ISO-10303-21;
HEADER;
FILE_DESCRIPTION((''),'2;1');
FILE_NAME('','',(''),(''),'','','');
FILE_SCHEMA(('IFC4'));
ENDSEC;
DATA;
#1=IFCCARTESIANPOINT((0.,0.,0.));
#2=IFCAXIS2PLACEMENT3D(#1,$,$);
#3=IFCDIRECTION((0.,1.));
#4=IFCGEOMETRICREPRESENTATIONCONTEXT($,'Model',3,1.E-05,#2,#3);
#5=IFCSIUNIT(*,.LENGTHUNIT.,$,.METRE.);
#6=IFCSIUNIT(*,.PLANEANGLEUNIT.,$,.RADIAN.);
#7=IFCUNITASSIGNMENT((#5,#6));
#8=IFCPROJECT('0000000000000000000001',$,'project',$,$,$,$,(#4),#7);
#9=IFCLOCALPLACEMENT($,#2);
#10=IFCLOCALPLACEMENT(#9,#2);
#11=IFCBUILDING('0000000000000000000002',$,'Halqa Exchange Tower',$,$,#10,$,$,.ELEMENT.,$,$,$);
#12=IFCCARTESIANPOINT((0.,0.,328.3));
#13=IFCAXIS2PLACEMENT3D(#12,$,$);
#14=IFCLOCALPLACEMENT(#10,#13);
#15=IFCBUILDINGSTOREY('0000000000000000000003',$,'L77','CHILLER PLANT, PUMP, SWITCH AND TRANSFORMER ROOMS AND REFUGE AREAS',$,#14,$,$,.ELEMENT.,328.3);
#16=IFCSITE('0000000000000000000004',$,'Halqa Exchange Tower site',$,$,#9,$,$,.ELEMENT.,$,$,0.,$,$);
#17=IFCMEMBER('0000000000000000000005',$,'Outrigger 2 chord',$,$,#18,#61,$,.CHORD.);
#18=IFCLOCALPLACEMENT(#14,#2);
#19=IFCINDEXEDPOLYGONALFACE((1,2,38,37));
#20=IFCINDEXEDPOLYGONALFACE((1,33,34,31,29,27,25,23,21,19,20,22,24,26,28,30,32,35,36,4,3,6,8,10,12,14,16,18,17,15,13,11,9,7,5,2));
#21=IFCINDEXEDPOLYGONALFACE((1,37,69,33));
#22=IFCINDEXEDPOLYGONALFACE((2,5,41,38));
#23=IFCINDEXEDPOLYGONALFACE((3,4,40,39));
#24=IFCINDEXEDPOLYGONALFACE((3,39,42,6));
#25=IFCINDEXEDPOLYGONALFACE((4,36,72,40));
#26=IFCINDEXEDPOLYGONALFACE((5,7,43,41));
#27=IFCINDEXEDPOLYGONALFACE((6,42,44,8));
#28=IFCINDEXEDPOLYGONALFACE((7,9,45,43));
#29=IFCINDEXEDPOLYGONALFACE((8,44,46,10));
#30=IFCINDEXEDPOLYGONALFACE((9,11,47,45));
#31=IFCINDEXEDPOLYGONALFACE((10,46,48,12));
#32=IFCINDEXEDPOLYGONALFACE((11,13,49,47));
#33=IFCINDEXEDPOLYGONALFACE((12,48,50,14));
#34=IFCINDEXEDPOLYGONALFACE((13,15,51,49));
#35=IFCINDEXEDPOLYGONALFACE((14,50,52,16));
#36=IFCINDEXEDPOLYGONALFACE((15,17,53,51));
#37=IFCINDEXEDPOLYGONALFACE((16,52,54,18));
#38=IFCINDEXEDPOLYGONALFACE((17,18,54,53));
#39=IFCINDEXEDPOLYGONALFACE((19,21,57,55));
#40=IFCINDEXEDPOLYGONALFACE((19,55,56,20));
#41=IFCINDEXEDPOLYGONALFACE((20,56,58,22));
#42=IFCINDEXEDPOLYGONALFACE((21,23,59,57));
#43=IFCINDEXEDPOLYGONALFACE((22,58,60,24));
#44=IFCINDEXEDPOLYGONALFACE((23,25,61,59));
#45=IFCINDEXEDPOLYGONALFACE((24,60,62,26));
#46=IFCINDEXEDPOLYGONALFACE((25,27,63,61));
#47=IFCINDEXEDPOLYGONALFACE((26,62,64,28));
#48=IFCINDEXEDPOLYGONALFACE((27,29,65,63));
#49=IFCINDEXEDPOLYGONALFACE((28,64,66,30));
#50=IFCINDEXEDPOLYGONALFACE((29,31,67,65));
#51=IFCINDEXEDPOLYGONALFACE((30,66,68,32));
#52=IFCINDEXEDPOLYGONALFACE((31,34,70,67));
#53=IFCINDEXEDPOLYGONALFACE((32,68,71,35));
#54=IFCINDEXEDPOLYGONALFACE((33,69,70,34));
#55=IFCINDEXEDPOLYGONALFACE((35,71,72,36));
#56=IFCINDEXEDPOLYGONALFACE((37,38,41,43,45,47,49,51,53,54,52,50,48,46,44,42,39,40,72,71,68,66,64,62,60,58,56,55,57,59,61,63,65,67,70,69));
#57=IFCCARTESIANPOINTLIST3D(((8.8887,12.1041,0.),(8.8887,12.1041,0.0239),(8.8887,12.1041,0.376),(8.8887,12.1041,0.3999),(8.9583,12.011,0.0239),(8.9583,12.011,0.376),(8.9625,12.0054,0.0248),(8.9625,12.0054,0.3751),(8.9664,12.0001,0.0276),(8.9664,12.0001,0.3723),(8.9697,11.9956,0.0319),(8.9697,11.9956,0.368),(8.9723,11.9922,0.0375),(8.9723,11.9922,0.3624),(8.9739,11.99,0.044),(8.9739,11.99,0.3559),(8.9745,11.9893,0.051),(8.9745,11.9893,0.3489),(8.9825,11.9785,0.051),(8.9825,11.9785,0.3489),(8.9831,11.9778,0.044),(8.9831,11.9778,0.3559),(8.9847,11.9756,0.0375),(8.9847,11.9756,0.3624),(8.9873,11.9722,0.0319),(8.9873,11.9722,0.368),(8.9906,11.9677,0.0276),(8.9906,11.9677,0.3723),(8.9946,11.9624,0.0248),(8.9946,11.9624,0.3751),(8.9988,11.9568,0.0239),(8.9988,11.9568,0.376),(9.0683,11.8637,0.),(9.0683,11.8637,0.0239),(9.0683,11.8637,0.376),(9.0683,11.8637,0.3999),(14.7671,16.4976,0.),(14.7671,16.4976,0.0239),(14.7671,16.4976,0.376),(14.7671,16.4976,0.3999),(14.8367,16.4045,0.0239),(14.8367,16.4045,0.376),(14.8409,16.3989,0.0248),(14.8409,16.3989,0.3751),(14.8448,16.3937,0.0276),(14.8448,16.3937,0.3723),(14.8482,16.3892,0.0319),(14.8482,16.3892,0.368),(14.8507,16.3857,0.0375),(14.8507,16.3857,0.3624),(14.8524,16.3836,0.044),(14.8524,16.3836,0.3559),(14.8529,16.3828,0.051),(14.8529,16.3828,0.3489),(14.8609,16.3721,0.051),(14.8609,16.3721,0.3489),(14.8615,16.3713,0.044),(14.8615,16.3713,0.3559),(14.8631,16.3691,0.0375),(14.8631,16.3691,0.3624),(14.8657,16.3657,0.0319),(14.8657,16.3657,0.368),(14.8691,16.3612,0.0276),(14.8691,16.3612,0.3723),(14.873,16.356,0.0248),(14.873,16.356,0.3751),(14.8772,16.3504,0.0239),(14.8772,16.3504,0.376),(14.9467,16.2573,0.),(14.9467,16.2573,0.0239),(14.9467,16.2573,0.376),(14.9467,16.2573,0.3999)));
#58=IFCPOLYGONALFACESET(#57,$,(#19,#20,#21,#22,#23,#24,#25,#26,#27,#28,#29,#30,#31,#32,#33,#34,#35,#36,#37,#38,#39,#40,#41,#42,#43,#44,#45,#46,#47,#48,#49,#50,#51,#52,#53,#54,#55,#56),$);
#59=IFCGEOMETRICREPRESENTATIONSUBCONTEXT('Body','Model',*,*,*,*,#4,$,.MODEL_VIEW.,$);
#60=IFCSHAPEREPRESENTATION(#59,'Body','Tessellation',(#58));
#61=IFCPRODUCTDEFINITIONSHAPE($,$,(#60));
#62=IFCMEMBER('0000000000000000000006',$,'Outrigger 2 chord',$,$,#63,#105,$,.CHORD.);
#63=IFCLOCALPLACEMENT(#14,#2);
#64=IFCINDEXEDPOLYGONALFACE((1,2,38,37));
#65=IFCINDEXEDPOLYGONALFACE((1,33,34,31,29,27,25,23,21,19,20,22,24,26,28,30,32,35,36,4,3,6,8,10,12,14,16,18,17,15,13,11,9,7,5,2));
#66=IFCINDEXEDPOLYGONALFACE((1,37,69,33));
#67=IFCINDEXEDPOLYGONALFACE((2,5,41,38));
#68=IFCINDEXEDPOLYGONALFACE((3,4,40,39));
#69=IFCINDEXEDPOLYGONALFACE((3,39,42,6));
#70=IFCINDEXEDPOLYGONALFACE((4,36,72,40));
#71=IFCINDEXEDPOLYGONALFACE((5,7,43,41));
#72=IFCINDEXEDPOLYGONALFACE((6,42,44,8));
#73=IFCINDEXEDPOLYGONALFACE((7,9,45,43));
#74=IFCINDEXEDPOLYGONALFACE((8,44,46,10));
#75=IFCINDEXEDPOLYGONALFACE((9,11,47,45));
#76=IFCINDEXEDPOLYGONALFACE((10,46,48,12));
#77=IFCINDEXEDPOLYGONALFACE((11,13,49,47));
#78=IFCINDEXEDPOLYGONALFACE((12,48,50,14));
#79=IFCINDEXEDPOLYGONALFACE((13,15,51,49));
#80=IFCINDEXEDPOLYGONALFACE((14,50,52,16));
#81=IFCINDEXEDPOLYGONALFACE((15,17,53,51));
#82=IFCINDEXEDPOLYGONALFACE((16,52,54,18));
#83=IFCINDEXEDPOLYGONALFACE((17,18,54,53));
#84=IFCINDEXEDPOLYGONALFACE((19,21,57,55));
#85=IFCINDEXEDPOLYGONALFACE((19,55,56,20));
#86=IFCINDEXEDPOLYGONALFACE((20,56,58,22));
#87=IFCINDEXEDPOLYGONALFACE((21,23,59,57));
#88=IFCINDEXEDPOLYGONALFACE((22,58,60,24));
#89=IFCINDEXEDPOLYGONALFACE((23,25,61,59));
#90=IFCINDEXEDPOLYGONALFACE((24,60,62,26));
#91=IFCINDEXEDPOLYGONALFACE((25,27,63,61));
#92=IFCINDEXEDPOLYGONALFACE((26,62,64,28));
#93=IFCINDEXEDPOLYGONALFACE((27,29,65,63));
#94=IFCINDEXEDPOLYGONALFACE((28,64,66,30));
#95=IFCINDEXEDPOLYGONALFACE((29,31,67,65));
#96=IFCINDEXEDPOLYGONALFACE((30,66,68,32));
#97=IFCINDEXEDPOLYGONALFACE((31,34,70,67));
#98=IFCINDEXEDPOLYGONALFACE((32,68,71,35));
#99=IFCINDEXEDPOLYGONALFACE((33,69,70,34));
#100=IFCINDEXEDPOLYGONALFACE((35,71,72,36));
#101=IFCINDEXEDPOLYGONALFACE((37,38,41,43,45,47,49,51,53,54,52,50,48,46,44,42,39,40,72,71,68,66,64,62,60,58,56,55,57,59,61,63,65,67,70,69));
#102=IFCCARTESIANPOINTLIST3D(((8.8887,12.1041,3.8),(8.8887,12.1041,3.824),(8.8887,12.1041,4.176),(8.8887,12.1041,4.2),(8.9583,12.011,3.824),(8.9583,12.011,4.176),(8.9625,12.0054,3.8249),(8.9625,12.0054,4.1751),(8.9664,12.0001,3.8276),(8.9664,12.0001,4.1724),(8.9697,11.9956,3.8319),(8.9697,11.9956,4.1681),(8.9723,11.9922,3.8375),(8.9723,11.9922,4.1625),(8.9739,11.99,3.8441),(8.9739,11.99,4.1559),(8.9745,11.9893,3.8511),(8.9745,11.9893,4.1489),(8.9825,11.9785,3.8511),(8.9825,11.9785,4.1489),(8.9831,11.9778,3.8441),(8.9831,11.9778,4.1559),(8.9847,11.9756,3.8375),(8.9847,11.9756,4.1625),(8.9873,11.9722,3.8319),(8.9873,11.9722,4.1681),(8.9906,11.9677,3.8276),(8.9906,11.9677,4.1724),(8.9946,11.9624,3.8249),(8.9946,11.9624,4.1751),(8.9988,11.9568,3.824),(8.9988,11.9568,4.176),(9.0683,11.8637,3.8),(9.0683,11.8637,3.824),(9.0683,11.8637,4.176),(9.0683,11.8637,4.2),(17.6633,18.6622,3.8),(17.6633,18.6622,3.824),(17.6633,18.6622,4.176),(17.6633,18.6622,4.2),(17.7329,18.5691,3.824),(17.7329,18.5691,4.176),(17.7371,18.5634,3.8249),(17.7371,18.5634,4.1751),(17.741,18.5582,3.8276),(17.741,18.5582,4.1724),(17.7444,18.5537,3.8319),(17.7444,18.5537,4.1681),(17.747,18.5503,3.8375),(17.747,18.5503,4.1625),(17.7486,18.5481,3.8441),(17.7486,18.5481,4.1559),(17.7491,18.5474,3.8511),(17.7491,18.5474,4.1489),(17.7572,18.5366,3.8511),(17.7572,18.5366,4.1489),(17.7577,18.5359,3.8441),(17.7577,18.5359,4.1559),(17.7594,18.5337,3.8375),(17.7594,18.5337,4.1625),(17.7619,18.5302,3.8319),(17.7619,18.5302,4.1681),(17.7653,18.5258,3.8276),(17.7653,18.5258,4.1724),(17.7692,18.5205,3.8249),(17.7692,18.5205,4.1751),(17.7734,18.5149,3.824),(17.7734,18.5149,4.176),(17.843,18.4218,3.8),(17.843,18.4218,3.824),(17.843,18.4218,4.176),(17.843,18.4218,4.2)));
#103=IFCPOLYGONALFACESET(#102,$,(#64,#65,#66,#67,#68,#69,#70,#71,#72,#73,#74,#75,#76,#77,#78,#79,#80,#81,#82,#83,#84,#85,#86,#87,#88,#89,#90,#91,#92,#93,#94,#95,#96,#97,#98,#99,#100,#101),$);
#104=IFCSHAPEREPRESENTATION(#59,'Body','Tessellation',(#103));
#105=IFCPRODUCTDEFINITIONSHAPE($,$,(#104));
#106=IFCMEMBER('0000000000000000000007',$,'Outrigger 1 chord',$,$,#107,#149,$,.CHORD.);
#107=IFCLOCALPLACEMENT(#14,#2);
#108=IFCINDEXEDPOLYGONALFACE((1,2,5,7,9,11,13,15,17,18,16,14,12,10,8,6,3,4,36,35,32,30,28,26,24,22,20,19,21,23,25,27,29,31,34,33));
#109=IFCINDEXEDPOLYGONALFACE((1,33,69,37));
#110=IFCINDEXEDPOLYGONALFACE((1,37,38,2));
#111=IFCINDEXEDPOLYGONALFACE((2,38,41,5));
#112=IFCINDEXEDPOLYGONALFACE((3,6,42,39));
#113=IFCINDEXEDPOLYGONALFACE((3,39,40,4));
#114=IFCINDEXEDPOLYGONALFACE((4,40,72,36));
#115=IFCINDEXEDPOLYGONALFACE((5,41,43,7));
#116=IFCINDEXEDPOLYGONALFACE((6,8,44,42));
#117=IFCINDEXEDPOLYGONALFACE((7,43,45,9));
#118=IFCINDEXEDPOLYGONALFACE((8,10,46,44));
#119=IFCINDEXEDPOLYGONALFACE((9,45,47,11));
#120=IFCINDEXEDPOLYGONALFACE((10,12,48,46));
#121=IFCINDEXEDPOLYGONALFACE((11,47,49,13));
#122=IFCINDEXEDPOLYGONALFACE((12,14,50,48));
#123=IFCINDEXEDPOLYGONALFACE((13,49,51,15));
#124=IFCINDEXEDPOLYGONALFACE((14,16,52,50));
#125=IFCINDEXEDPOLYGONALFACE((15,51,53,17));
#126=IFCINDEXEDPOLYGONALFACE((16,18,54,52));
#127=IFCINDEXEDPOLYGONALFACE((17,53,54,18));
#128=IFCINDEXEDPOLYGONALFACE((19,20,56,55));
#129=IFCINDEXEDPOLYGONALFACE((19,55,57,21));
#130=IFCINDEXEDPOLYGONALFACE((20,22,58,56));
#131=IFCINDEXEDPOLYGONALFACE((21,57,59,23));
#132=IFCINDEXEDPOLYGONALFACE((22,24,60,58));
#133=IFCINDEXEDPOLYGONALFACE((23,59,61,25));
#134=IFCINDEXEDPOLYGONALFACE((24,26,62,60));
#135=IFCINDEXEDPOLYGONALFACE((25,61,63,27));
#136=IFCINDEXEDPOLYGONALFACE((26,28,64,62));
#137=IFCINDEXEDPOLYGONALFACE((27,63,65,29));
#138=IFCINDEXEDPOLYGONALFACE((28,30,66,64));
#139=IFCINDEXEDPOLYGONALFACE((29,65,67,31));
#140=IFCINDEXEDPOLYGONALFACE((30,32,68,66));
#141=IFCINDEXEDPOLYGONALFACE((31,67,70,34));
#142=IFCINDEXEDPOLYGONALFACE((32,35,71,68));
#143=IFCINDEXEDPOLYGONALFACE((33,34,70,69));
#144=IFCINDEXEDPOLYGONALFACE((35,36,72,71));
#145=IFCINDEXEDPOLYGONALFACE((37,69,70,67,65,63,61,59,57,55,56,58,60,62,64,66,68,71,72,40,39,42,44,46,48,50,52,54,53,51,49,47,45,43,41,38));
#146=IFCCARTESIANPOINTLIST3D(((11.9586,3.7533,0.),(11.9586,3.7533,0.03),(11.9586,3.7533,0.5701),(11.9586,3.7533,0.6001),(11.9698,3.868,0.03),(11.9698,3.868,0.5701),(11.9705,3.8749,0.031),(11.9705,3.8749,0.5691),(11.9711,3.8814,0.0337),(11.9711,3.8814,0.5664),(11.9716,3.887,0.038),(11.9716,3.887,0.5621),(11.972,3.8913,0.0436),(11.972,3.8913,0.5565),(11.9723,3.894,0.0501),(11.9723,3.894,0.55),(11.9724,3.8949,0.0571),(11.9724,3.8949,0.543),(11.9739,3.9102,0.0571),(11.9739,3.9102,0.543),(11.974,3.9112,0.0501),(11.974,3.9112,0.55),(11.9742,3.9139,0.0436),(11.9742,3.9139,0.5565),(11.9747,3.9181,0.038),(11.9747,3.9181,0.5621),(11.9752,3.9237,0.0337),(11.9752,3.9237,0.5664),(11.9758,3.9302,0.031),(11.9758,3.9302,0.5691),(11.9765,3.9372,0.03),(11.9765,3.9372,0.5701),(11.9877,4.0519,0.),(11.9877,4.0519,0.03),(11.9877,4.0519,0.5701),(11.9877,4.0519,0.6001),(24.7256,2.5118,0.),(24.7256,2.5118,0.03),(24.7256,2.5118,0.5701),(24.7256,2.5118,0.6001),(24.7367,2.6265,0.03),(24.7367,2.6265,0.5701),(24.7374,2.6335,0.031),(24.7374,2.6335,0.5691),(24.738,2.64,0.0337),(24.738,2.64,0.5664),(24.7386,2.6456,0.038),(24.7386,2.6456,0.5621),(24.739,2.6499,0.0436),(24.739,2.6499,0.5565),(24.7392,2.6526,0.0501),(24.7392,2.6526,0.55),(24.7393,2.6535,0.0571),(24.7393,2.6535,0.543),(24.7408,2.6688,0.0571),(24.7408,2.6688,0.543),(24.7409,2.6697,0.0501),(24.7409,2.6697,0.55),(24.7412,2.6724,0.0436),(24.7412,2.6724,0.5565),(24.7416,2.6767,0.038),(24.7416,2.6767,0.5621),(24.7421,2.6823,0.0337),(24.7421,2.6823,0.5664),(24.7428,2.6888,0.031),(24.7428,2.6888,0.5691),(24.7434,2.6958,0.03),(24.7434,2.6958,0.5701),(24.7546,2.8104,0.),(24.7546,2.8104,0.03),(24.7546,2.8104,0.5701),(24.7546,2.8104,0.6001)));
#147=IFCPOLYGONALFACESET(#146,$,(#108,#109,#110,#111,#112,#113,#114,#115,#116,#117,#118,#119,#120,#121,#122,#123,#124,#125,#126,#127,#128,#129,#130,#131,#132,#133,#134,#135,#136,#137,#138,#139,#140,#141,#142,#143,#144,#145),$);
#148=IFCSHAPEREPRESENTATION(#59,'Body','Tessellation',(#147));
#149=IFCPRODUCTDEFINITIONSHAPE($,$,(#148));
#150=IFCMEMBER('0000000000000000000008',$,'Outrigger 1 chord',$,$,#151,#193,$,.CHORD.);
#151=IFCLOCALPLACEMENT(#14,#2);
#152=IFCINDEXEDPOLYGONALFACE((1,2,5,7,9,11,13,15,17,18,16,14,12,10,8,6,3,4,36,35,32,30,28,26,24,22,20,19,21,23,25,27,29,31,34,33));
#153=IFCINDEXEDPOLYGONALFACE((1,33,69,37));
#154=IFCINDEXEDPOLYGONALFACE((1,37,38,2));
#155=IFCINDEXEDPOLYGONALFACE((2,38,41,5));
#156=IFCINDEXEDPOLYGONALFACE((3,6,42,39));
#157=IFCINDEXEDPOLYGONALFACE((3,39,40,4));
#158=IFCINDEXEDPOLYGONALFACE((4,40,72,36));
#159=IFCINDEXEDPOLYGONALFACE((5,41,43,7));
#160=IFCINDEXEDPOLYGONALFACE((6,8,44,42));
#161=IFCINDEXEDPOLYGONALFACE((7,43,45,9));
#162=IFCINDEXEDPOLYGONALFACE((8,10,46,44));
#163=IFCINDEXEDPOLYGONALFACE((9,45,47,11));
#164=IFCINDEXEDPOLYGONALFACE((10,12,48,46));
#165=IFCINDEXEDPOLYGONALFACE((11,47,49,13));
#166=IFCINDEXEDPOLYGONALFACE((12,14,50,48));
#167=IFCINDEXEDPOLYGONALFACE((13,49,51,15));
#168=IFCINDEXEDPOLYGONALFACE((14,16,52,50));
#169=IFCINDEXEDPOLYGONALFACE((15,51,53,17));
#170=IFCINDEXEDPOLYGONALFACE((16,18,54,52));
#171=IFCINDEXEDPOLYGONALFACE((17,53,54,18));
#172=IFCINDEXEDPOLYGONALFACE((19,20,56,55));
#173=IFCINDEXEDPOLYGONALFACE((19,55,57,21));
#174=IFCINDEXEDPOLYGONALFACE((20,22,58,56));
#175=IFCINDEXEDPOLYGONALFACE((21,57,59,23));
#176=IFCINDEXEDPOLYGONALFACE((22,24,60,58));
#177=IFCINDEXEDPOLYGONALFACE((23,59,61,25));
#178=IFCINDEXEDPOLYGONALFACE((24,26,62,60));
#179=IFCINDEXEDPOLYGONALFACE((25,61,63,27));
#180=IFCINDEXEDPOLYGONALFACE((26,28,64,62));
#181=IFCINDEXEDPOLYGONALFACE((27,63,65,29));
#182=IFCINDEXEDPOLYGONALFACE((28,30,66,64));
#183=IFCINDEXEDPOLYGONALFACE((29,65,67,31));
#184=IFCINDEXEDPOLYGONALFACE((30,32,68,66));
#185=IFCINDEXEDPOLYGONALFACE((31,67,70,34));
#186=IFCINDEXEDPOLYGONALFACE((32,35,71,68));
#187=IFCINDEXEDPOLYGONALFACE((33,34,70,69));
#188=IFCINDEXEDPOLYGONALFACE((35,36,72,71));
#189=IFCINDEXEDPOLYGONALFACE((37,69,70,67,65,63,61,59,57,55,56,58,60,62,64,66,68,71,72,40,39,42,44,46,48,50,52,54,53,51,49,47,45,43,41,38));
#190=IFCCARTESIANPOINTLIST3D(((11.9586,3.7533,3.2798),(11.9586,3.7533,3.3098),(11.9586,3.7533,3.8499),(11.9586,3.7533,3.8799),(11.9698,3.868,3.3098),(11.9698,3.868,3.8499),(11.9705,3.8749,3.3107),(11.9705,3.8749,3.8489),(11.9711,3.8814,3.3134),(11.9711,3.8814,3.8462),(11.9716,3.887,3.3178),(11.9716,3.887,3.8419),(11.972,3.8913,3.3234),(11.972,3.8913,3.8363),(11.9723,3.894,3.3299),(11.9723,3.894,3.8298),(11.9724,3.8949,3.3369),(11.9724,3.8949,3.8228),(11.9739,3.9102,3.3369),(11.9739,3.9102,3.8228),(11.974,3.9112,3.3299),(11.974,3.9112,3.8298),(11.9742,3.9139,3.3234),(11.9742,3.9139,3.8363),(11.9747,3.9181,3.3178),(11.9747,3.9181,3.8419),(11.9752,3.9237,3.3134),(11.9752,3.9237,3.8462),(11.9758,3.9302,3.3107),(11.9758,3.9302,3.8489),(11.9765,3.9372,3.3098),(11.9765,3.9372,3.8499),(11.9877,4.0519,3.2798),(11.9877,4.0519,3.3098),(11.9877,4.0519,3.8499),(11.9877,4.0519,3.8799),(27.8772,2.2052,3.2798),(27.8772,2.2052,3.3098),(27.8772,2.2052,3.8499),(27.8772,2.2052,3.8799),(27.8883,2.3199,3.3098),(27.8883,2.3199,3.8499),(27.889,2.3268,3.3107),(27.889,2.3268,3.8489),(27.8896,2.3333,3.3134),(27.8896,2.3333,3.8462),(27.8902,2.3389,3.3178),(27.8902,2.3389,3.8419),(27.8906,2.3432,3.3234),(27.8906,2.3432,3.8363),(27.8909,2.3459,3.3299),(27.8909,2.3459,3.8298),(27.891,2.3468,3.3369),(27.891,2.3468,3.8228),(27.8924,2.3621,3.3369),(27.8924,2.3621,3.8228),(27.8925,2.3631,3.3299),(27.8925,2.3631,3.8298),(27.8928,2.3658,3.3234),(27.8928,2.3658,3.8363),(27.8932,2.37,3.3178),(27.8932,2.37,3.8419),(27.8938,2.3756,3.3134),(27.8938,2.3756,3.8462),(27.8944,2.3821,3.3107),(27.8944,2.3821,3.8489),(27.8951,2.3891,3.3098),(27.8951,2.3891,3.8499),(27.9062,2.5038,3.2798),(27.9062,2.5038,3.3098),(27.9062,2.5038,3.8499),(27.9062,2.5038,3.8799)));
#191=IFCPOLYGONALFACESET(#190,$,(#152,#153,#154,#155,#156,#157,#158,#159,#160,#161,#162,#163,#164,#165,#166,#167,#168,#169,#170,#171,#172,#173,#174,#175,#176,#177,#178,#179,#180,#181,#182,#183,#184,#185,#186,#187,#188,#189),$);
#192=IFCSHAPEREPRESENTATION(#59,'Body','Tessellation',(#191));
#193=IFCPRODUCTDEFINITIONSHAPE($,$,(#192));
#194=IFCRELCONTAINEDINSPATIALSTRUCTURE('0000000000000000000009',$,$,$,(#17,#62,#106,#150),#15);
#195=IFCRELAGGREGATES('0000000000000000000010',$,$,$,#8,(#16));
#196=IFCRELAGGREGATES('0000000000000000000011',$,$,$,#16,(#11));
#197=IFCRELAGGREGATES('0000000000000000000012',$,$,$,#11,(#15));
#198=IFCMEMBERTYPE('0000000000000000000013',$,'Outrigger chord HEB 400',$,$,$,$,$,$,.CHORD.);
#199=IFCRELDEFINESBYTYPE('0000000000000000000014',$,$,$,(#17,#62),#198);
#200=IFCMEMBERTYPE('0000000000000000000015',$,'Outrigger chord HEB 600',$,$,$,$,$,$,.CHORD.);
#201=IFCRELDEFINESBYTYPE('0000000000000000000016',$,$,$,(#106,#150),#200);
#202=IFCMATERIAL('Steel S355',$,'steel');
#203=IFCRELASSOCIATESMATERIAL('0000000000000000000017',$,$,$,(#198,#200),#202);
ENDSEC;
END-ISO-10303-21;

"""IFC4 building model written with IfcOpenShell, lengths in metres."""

from ifc_helpers import new_model, si_unit, direction, frame, origin, origin_2d, place, context, subcontext, project, spatial, i_section, extrude, material, material_profile, profile_set, type_object, element, save


model = new_model("IFC4")

# Units and contexts
model_context = context("Model", 3, precision=1e-05, world=origin(), true_north=direction((0.0, 1.0)))
body_context = subcontext(model_context, "Body", "Model", "MODEL_VIEW")
ifc_project = project(units=[si_unit("LENGTHUNIT", "METRE"), si_unit("PLANEANGLEUNIT", "RADIAN")], contexts=[model_context])

# Site, building, storey
site_placement = place(None, origin())
site = spatial("IfcSite", under=ifc_project, at=site_placement, Name="Halqa Exchange Tower site", CompositionType="ELEMENT", RefElevation=0.0)
building_placement = place(site_placement, origin())
building = spatial("IfcBuilding", under=site, at=building_placement, Name="Halqa Exchange Tower", CompositionType="ELEMENT")
storey_placement = place(building_placement, frame((0.0, 0.0, 328.3)))
storey = spatial("IfcBuildingStorey", under=building, at=storey_placement, Name="L77", Description="CHILLER PLANT, PUMP, SWITCH AND TRANSFORMER ROOMS AND REFUGE AREAS", CompositionType="ELEMENT", Elevation=328.3)

# Shared definitions
ifc_material_1 = material(Name="Steel S355", Category="steel")

# Members
ifc_material_profile_1 = material_profile(ifc_material_1, i_section(OverallWidth=0.3, OverallDepth=0.3999, WebThickness=0.0134, FlangeThickness=0.0239, FilletRadius=0.0271, at=origin_2d()), Name="HEB 400")
ifc_profile_set_1 = profile_set([ifc_material_profile_1], Name="Steel S355")
member_type_1 = type_object("IfcMemberType", Name="Outrigger chord HEB 400", PredefinedType="CHORD", material=ifc_profile_set_1)
member_1_placement = place(storey_placement, frame((8.9785, 11.9839, 0.2), z_axis=(0.800997, 0.598668, 0.0), x_axis=(-0.598668, 0.800997, 0.0)))
element("IfcMember", 1, at=member_1_placement, inside=storey, type_object=member_type_1, Name="Outrigger 2 chord", PredefinedType="CHORD", context=body_context, shape_type="SweptSolid", body=[
    extrude(i_section(OverallWidth=0.3, OverallDepth=0.3999, WebThickness=0.0134, FlangeThickness=0.0239, FilletRadius=0.0271, at=origin_2d()), origin(), (0.0, 0.0, 1.0), 7.3389),
])
member_2_placement = place(storey_placement, frame((8.9785, 11.9839, 4.0), z_axis=(0.801002, 0.598662, 0.0), x_axis=(-0.598662, 0.801002, 0.0)))
element("IfcMember", 2, at=member_2_placement, inside=storey, type_object=member_type_1, Name="Outrigger 2 chord", PredefinedType="CHORD", context=body_context, shape_type="SweptSolid", body=[
    extrude(i_section(OverallWidth=0.3, OverallDepth=0.3999, WebThickness=0.0134, FlangeThickness=0.0239, FilletRadius=0.0271, at=origin_2d()), origin(), (0.0, 0.0, 1.0), 10.9546),
])
ifc_material_profile_2 = material_profile(ifc_material_1, i_section(OverallWidth=0.3, OverallDepth=0.6001, WebThickness=0.0154, FlangeThickness=0.03, FilletRadius=0.0271, at=origin_2d()), Name="HEB 600")
ifc_profile_set_2 = profile_set([ifc_material_profile_2], Name="Steel S355")
member_type_2 = type_object("IfcMemberType", Name="Outrigger chord HEB 600", PredefinedType="CHORD", material=ifc_profile_set_2)
member_3_placement = place(storey_placement, frame((11.9731, 3.9026, 0.3), z_axis=(0.995305, -0.096784, 0.0), x_axis=(0.096784, 0.995305, 0.0)))
element("IfcMember", 3, at=member_3_placement, inside=storey, type_object=member_type_2, Name="Outrigger 1 chord", PredefinedType="CHORD", context=body_context, shape_type="SweptSolid", body=[
    extrude(i_section(OverallWidth=0.3, OverallDepth=0.6001, WebThickness=0.0154, FlangeThickness=0.03, FilletRadius=0.0271, at=origin_2d()), origin(), (0.0, 0.0, 1.0), 12.8271),
])
member_4_placement = place(storey_placement, frame((11.9731, 3.9026, 3.5798), z_axis=(0.995304, -0.096795, 0.0), x_axis=(0.096795, 0.995304, 0.0)))
element("IfcMember", 4, at=member_4_placement, inside=storey, type_object=member_type_2, Name="Outrigger 1 chord", PredefinedType="CHORD", context=body_context, shape_type="SweptSolid", body=[
    extrude(i_section(OverallWidth=0.3, OverallDepth=0.6001, WebThickness=0.0154, FlangeThickness=0.03, FilletRadius=0.0271, at=origin_2d()), origin(), (0.0, 0.0, 1.0), 15.9937),
])

save(model, "model.ifc")
